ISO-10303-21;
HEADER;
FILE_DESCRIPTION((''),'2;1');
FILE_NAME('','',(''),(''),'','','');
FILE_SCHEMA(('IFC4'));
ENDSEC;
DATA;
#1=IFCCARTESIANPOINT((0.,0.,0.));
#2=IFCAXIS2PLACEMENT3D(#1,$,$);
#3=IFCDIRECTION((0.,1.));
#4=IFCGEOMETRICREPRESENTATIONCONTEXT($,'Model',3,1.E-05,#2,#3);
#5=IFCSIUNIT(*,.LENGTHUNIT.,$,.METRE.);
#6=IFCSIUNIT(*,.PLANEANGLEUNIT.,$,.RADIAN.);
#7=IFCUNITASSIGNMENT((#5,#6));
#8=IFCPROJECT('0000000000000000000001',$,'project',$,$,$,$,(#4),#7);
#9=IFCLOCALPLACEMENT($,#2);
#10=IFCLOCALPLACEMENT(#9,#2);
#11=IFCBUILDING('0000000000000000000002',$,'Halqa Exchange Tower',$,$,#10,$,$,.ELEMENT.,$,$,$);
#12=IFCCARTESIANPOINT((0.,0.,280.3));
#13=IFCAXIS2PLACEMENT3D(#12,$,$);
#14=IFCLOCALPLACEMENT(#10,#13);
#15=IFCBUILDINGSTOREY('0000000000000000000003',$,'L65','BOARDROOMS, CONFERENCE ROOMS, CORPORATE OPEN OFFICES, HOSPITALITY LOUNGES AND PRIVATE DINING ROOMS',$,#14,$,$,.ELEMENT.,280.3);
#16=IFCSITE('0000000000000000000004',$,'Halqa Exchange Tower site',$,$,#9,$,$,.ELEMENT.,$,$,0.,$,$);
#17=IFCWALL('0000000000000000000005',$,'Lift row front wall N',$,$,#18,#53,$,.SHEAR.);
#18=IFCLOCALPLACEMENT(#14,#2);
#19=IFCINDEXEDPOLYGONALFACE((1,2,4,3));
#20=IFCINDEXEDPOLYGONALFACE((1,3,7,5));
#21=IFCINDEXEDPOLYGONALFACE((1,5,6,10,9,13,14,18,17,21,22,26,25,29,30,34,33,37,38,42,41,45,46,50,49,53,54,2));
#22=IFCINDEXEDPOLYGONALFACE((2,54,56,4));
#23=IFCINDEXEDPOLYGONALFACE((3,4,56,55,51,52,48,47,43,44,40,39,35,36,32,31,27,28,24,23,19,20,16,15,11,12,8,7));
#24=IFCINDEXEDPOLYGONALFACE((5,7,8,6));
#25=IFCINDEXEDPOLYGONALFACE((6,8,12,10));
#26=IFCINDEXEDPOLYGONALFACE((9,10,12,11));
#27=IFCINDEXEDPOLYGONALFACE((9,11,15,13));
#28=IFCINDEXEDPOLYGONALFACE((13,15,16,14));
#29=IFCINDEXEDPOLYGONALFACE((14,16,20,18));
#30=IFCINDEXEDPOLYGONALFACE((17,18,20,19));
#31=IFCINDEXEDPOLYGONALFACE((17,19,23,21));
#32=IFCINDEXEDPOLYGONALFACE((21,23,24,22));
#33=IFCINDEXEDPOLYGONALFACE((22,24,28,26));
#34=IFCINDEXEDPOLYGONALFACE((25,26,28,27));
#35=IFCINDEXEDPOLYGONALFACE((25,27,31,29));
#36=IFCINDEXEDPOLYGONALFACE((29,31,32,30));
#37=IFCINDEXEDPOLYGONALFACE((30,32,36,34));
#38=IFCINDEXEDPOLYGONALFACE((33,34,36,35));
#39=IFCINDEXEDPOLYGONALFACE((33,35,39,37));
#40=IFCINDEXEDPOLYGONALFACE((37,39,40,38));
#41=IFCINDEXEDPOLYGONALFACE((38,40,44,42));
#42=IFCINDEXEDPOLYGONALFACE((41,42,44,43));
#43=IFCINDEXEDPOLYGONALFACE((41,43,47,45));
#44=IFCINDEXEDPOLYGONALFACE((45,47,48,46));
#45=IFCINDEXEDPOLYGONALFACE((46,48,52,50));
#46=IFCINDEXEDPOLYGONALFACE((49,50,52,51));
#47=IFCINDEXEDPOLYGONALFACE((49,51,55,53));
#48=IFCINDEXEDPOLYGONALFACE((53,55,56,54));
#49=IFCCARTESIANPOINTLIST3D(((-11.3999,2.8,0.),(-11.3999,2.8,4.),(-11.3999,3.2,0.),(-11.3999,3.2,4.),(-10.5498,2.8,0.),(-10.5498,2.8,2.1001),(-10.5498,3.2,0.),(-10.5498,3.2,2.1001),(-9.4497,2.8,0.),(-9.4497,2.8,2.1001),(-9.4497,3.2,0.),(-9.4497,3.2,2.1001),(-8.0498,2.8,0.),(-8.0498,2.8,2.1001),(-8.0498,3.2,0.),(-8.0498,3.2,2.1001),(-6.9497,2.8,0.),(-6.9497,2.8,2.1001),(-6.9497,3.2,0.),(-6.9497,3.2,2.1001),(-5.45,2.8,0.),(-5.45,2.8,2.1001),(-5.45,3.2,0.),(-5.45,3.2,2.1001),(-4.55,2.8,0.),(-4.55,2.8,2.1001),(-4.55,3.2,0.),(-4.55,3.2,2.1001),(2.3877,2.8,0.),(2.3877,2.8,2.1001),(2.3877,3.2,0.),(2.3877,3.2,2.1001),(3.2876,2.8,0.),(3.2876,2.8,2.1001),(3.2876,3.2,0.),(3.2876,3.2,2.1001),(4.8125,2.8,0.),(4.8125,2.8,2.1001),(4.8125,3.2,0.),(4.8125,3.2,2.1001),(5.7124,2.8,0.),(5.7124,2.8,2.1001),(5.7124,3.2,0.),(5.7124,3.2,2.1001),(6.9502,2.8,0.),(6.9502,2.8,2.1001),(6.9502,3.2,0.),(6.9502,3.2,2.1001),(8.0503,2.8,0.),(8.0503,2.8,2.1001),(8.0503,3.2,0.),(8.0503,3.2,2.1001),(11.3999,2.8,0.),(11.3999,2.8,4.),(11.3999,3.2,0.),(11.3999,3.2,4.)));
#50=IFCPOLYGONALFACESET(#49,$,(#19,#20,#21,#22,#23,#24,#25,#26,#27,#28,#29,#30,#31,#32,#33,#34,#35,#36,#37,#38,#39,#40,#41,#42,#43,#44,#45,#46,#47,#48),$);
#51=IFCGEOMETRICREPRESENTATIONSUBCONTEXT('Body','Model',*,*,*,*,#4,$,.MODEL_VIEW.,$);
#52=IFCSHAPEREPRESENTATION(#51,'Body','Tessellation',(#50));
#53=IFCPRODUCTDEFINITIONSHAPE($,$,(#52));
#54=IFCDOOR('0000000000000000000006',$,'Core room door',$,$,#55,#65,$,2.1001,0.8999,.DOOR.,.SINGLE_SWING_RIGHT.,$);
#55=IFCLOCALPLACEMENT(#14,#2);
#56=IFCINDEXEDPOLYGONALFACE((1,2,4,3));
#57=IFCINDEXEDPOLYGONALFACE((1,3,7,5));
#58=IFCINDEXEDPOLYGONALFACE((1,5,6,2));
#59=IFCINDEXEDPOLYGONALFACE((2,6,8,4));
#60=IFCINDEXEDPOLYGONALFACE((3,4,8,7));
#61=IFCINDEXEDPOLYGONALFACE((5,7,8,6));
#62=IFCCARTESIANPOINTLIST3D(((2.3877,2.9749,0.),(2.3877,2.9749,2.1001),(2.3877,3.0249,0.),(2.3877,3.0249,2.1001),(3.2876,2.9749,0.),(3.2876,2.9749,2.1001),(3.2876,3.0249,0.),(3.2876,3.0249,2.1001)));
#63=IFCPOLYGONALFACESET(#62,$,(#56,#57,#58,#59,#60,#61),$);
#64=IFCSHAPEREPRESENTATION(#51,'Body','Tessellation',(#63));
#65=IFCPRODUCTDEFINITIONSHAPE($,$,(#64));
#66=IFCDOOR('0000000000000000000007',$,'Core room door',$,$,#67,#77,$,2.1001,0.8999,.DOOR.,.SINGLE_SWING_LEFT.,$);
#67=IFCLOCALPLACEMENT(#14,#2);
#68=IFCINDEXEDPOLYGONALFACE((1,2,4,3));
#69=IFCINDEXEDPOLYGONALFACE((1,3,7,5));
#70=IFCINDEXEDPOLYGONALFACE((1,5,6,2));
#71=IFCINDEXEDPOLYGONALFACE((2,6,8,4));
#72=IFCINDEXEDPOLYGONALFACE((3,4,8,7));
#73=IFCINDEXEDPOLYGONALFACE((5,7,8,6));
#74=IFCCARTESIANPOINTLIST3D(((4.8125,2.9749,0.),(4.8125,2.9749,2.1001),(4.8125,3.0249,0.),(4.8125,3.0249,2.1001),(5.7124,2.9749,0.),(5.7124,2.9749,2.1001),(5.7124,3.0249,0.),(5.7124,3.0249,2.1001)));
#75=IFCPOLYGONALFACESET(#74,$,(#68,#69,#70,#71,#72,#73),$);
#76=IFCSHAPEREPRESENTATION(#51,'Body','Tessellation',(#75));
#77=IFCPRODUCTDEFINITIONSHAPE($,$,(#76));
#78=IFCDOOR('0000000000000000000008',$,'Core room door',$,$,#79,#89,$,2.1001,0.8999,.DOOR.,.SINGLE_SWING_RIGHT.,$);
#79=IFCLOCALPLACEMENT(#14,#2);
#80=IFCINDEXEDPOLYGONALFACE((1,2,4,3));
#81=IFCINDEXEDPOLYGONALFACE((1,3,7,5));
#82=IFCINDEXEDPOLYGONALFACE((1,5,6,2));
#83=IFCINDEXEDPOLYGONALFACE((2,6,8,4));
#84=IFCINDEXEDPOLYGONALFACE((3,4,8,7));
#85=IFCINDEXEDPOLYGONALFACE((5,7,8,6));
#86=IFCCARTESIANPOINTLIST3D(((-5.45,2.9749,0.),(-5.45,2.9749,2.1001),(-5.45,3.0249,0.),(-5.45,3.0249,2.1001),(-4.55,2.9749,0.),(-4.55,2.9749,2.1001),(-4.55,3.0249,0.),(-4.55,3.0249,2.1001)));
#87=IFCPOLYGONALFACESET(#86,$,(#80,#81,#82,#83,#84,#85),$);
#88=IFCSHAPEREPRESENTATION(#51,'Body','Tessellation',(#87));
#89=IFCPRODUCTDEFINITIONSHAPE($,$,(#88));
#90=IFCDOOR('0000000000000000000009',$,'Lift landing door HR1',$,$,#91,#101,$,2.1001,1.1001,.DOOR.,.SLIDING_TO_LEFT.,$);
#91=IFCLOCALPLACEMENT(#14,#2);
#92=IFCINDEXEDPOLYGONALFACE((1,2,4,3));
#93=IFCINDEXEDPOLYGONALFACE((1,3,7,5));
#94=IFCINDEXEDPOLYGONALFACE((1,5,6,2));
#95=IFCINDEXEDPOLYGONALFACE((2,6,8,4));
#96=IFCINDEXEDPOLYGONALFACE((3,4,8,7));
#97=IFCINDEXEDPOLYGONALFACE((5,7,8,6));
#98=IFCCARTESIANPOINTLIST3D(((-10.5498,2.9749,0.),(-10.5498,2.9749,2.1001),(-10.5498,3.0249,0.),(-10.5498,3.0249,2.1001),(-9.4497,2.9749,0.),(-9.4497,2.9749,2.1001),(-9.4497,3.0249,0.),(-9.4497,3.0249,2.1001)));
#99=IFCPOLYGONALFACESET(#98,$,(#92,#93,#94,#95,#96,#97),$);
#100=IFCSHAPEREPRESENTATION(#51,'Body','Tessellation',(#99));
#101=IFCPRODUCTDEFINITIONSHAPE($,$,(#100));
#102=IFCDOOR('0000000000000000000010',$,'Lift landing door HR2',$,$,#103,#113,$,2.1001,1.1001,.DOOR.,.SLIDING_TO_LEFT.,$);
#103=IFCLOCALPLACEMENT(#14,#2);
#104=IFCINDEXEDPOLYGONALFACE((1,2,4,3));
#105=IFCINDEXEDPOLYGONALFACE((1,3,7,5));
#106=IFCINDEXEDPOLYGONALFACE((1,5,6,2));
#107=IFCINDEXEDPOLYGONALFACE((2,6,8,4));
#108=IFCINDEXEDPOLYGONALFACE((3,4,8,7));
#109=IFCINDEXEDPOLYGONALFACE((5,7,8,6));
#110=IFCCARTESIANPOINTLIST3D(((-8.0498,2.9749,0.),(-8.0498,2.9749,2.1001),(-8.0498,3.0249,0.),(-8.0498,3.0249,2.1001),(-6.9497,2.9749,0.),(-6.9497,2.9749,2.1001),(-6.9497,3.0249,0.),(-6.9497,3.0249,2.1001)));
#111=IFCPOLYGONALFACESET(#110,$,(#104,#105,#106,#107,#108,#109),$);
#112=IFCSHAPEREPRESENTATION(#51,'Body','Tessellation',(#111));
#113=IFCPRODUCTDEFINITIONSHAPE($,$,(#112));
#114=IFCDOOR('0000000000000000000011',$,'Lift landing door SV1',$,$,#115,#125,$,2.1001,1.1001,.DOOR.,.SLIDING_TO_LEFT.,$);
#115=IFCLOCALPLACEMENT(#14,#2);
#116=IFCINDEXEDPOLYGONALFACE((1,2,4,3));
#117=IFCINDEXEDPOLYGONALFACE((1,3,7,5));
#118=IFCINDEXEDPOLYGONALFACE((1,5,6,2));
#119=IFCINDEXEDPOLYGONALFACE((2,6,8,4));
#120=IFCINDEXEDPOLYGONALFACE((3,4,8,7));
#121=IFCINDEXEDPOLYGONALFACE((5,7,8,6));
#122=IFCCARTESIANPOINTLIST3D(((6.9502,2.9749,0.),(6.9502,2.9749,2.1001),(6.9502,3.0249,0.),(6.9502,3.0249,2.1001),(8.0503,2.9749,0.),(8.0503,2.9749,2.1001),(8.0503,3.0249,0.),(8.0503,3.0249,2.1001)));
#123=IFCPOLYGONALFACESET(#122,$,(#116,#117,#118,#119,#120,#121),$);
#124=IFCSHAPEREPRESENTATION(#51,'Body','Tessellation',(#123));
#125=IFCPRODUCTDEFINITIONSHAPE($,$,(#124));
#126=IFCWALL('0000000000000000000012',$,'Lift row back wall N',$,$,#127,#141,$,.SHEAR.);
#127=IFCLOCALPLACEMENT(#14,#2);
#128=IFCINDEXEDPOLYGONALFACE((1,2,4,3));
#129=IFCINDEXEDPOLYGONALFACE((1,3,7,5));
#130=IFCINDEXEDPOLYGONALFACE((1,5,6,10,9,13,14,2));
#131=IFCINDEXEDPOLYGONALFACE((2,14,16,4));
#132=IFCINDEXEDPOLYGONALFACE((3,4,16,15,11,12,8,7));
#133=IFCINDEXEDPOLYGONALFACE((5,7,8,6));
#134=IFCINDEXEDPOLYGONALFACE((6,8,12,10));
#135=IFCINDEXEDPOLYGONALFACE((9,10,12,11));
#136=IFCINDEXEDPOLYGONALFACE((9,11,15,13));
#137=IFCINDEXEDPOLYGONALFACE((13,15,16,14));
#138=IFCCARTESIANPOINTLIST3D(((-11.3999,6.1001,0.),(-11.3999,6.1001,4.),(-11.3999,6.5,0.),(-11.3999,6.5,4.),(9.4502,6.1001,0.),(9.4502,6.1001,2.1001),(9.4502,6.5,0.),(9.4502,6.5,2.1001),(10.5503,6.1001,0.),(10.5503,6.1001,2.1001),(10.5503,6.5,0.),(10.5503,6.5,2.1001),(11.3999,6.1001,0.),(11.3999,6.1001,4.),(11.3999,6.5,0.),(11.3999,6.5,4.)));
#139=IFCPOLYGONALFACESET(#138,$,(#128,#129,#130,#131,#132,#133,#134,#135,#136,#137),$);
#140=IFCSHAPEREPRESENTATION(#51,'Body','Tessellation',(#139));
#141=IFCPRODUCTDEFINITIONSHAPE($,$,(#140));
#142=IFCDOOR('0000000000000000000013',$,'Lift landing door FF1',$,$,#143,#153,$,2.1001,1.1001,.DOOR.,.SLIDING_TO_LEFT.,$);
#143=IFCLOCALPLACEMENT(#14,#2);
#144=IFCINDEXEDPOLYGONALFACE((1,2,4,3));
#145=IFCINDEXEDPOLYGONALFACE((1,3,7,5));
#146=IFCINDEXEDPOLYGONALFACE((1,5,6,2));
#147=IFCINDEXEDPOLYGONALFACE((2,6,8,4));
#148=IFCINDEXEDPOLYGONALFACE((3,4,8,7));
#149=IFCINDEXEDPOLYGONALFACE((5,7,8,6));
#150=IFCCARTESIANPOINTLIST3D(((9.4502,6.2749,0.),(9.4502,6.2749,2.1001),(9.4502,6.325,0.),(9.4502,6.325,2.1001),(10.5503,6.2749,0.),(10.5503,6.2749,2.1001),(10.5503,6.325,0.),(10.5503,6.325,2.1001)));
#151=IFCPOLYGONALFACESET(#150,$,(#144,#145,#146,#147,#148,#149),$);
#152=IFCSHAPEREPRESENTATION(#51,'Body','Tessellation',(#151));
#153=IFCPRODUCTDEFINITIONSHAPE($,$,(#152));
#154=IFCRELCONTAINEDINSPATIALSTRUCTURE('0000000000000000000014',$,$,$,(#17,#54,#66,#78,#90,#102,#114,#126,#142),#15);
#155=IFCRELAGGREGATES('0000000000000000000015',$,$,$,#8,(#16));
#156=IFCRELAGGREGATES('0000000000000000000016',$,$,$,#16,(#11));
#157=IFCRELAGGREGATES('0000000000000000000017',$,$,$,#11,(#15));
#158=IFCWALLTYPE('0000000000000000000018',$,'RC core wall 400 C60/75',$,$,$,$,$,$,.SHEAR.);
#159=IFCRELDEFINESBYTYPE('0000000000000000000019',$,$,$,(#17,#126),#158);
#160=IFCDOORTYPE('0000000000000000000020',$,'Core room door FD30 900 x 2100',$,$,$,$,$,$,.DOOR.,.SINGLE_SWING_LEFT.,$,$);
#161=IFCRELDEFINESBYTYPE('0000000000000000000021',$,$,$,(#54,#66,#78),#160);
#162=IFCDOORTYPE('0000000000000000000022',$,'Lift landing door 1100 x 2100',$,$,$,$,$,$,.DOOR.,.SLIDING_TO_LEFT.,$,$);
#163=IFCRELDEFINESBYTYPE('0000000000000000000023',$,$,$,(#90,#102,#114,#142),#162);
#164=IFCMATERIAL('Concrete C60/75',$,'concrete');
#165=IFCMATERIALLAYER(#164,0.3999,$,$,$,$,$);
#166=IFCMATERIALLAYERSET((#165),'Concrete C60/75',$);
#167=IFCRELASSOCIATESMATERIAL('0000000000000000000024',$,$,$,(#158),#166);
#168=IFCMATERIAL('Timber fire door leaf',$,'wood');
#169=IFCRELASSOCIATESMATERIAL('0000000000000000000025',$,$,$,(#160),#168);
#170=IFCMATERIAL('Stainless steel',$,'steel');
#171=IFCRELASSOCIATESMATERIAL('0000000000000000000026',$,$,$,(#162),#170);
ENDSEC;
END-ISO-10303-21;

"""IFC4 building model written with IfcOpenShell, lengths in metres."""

from ifc_helpers import new_model, si_unit, direction, frame, frame_2d, origin, place, context, subcontext, project, spatial, rectangle, extrude, material, layer, layer_set, type_object, element, fill, save


model = new_model("IFC4")

# Units and contexts
model_context = context("Model", 3, precision=1e-05, world=origin(), true_north=direction((0.0, 1.0)))
body_context = subcontext(model_context, "Body", "Model", "MODEL_VIEW")
ifc_project = project(units=[si_unit("LENGTHUNIT", "METRE"), si_unit("PLANEANGLEUNIT", "RADIAN")], contexts=[model_context])

# Site, building, storey
site_placement = place(None, origin())
site = spatial("IfcSite", under=ifc_project, at=site_placement, Name="Halqa Exchange Tower site", CompositionType="ELEMENT", RefElevation=0.0)
building_placement = place(site_placement, origin())
building = spatial("IfcBuilding", under=site, at=building_placement, Name="Halqa Exchange Tower", CompositionType="ELEMENT")
storey_placement = place(building_placement, frame((0.0, 0.0, 280.3)))
storey = spatial("IfcBuildingStorey", under=building, at=storey_placement, Name="L65", Description="BOARDROOMS, CONFERENCE ROOMS, CORPORATE OPEN OFFICES, HOSPITALITY LOUNGES AND PRIVATE DINING ROOMS", CompositionType="ELEMENT", Elevation=280.3)

# Shared definitions
ifc_material_1 = material(Name="Concrete C60/75", Category="concrete")

# Wall, openings, doors
ifc_layer_1 = layer(ifc_material_1, 0.3999)
ifc_layer_set_1 = layer_set([ifc_layer_1], Name="Concrete C60/75")
wall_type_1 = type_object("IfcWallType", Name="RC core wall 400 C60/75", PredefinedType="SHEAR", material=ifc_layer_set_1)
wall_1_placement = place(storey_placement, frame((-11.3999, 3.0, 0.0), z_axis=(0.0, 0.0, 1.0), x_axis=(1.0, 0.0, 0.0)))
wall_1 = element("IfcWall", 1, at=wall_1_placement, inside=storey, type_object=wall_type_1, Name="Lift row front wall N", PredefinedType="SHEAR", context=body_context, shape_type="SweptSolid", body=[
    extrude(rectangle(XDim=22.7998, YDim=0.3999, at=frame_2d((11.3999, 0.0))), origin(), (0.0, 0.0, 1.0), 4.0),
])
opening_1_placement = place(wall_1_placement, frame((0.8501, 0.0, 0.0)))
opening_1 = element("IfcOpeningElement", 2, at=opening_1_placement, cuts=wall_1, PredefinedType="OPENING", context=body_context, shape_type="SweptSolid", body=[
    extrude(rectangle(XDim=1.1001, YDim=2.1001, at=frame_2d((0.55, 1.05))), frame((0.0, 0.2119, 0.0), z_axis=(0.0, -1.0, 0.0), x_axis=(1.0, 0.0, 0.0)), (0.0, 0.0, 1.0), 0.4238),
])
opening_2_placement = place(wall_1_placement, frame((3.3501, 0.0, 0.0)))
opening_2 = element("IfcOpeningElement", 3, at=opening_2_placement, cuts=wall_1, PredefinedType="OPENING", context=body_context, shape_type="SweptSolid", body=[
    extrude(rectangle(XDim=1.1001, YDim=2.1001, at=frame_2d((0.55, 1.05))), frame((0.0, 0.2119, 0.0), z_axis=(0.0, -1.0, 0.0), x_axis=(1.0, 0.0, 0.0)), (0.0, 0.0, 1.0), 0.4238),
])
opening_3_placement = place(wall_1_placement, frame((18.3501, 0.0, 0.0)))
opening_3 = element("IfcOpeningElement", 4, at=opening_3_placement, cuts=wall_1, PredefinedType="OPENING", context=body_context, shape_type="SweptSolid", body=[
    extrude(rectangle(XDim=1.1001, YDim=2.1001, at=frame_2d((0.55, 1.05))), frame((0.0, 0.2119, 0.0), z_axis=(0.0, -1.0, 0.0), x_axis=(1.0, 0.0, 0.0)), (0.0, 0.0, 1.0), 0.4238),
])
opening_4_placement = place(wall_1_placement, frame((13.7876, 0.0, 0.0)))
opening_4 = element("IfcOpeningElement", 5, at=opening_4_placement, cuts=wall_1, PredefinedType="OPENING", context=body_context, shape_type="SweptSolid", body=[
    extrude(rectangle(XDim=0.8999, YDim=2.1001, at=frame_2d((0.45, 1.05))), frame((0.0, 0.2119, 0.0), z_axis=(0.0, -1.0, 0.0), x_axis=(1.0, 0.0, 0.0)), (0.0, 0.0, 1.0), 0.4238),
])
opening_5_placement = place(wall_1_placement, frame((16.2124, 0.0, 0.0)))
opening_5 = element("IfcOpeningElement", 6, at=opening_5_placement, cuts=wall_1, PredefinedType="OPENING", context=body_context, shape_type="SweptSolid", body=[
    extrude(rectangle(XDim=0.8999, YDim=2.1001, at=frame_2d((0.45, 1.05))), frame((0.0, 0.2119, 0.0), z_axis=(0.0, -1.0, 0.0), x_axis=(1.0, 0.0, 0.0)), (0.0, 0.0, 1.0), 0.4238),
])
opening_6_placement = place(wall_1_placement, frame((5.95, 0.0, 0.0)))
opening_6 = element("IfcOpeningElement", 7, at=opening_6_placement, cuts=wall_1, PredefinedType="OPENING", context=body_context, shape_type="SweptSolid", body=[
    extrude(rectangle(XDim=0.8999, YDim=2.1001, at=frame_2d((0.45, 1.05))), frame((0.0, 0.2119, 0.0), z_axis=(0.0, -1.0, 0.0), x_axis=(1.0, 0.0, 0.0)), (0.0, 0.0, 1.0), 0.4238),
])
ifc_material_2 = material(Name="Timber fire door leaf", Category="wood")
door_type_1 = type_object("IfcDoorType", Name="Core room door FD30 900 x 2100", OperationType="SINGLE_SWING_LEFT", PredefinedType="DOOR", material=ifc_material_2)
door_1_placement = place(opening_4_placement, origin())
door_1 = element("IfcDoor", 8, at=door_1_placement, inside=storey, type_object=door_type_1, Name="Core room door", OperationType="SINGLE_SWING_RIGHT", OverallHeight=2.1001, OverallWidth=0.8999, PredefinedType="DOOR", context=body_context, shape_type="SweptSolid", body=[
    extrude(rectangle(XDim=0.8999, YDim=2.1001, at=frame_2d((0.45, 1.05))), frame((0.0, 0.0249, 0.0), z_axis=(0.0, -1.0, 0.0), x_axis=(1.0, 0.0, 0.0)), (0.0, 0.0, 1.0), 0.05),
])
fill(opening_4, door_1)
door_2_placement = place(opening_5_placement, origin())
door_2 = element("IfcDoor", 9, at=door_2_placement, inside=storey, type_object=door_type_1, Name="Core room door", OperationType="SINGLE_SWING_LEFT", OverallHeight=2.1001, OverallWidth=0.8999, PredefinedType="DOOR", context=body_context, shape_type="SweptSolid", body=[
    extrude(rectangle(XDim=0.8999, YDim=2.1001, at=frame_2d((0.45, 1.05))), frame((0.0, 0.0249, 0.0), z_axis=(0.0, -1.0, 0.0), x_axis=(1.0, 0.0, 0.0)), (0.0, 0.0, 1.0), 0.05),
])
fill(opening_5, door_2)
door_3_placement = place(opening_6_placement, origin())
door_3 = element("IfcDoor", 10, at=door_3_placement, inside=storey, type_object=door_type_1, Name="Core room door", OperationType="SINGLE_SWING_RIGHT", OverallHeight=2.1001, OverallWidth=0.8999, PredefinedType="DOOR", context=body_context, shape_type="SweptSolid", body=[
    extrude(rectangle(XDim=0.8999, YDim=2.1001, at=frame_2d((0.45, 1.05))), frame((0.0, 0.0249, 0.0), z_axis=(0.0, -1.0, 0.0), x_axis=(1.0, 0.0, 0.0)), (0.0, 0.0, 1.0), 0.05),
])
fill(opening_6, door_3)
ifc_material_3 = material(Name="Stainless steel", Category="steel")
door_type_2 = type_object("IfcDoorType", Name="Lift landing door 1100 x 2100", OperationType="SLIDING_TO_LEFT", PredefinedType="DOOR", material=ifc_material_3)
door_4_placement = place(opening_1_placement, origin())
door_4 = element("IfcDoor", 11, at=door_4_placement, inside=storey, type_object=door_type_2, Name="Lift landing door HR1", OperationType="SLIDING_TO_LEFT", OverallHeight=2.1001, OverallWidth=1.1001, PredefinedType="DOOR", context=body_context, shape_type="SweptSolid", body=[
    extrude(rectangle(XDim=1.1001, YDim=2.1001, at=frame_2d((0.55, 1.05))), frame((0.0, 0.0249, 0.0), z_axis=(0.0, -1.0, 0.0), x_axis=(1.0, 0.0, 0.0)), (0.0, 0.0, 1.0), 0.05),
])
fill(opening_1, door_4)
door_5_placement = place(opening_2_placement, origin())
door_5 = element("IfcDoor", 12, at=door_5_placement, inside=storey, type_object=door_type_2, Name="Lift landing door HR2", OperationType="SLIDING_TO_LEFT", OverallHeight=2.1001, OverallWidth=1.1001, PredefinedType="DOOR", context=body_context, shape_type="SweptSolid", body=[
    extrude(rectangle(XDim=1.1001, YDim=2.1001, at=frame_2d((0.55, 1.05))), frame((0.0, 0.0249, 0.0), z_axis=(0.0, -1.0, 0.0), x_axis=(1.0, 0.0, 0.0)), (0.0, 0.0, 1.0), 0.05),
])
fill(opening_2, door_5)
door_6_placement = place(opening_3_placement, origin())
door_6 = element("IfcDoor", 13, at=door_6_placement, inside=storey, type_object=door_type_2, Name="Lift landing door SV1", OperationType="SLIDING_TO_LEFT", OverallHeight=2.1001, OverallWidth=1.1001, PredefinedType="DOOR", context=body_context, shape_type="SweptSolid", body=[
    extrude(rectangle(XDim=1.1001, YDim=2.1001, at=frame_2d((0.55, 1.05))), frame((0.0, 0.0249, 0.0), z_axis=(0.0, -1.0, 0.0), x_axis=(1.0, 0.0, 0.0)), (0.0, 0.0, 1.0), 0.05),
])
fill(opening_3, door_6)

# Wall, opening, door
wall_2_placement = place(storey_placement, frame((-11.3999, 6.3, 0.0), z_axis=(0.0, 0.0, 1.0), x_axis=(1.0, 0.0, 0.0)))
wall_2 = element("IfcWall", 14, at=wall_2_placement, inside=storey, type_object=wall_type_1, Name="Lift row back wall N", PredefinedType="SHEAR", context=body_context, shape_type="SweptSolid", body=[
    extrude(rectangle(XDim=22.7998, YDim=0.3999, at=frame_2d((11.3999, 0.0))), origin(), (0.0, 0.0, 1.0), 4.0),
])
opening_7_placement = place(wall_2_placement, frame((20.8501, 0.0, 0.0)))
opening_7 = element("IfcOpeningElement", 15, at=opening_7_placement, cuts=wall_2, PredefinedType="OPENING", context=body_context, shape_type="SweptSolid", body=[
    extrude(rectangle(XDim=1.1001, YDim=2.1001, at=frame_2d((0.55, 1.05))), frame((0.0, 0.2119, 0.0), z_axis=(0.0, -1.0, 0.0), x_axis=(1.0, 0.0, 0.0)), (0.0, 0.0, 1.0), 0.4238),
])
door_7_placement = place(opening_7_placement, origin())
door_7 = element("IfcDoor", 16, at=door_7_placement, inside=storey, type_object=door_type_2, Name="Lift landing door FF1", OperationType="SLIDING_TO_LEFT", OverallHeight=2.1001, OverallWidth=1.1001, PredefinedType="DOOR", context=body_context, shape_type="SweptSolid", body=[
    extrude(rectangle(XDim=1.1001, YDim=2.1001, at=frame_2d((0.55, 1.05))), frame((0.0, 0.0249, 0.0), z_axis=(0.0, -1.0, 0.0), x_axis=(1.0, 0.0, 0.0)), (0.0, 0.0, 1.0), 0.05),
])
fill(opening_7, door_7)

save(model, "model.ifc")
